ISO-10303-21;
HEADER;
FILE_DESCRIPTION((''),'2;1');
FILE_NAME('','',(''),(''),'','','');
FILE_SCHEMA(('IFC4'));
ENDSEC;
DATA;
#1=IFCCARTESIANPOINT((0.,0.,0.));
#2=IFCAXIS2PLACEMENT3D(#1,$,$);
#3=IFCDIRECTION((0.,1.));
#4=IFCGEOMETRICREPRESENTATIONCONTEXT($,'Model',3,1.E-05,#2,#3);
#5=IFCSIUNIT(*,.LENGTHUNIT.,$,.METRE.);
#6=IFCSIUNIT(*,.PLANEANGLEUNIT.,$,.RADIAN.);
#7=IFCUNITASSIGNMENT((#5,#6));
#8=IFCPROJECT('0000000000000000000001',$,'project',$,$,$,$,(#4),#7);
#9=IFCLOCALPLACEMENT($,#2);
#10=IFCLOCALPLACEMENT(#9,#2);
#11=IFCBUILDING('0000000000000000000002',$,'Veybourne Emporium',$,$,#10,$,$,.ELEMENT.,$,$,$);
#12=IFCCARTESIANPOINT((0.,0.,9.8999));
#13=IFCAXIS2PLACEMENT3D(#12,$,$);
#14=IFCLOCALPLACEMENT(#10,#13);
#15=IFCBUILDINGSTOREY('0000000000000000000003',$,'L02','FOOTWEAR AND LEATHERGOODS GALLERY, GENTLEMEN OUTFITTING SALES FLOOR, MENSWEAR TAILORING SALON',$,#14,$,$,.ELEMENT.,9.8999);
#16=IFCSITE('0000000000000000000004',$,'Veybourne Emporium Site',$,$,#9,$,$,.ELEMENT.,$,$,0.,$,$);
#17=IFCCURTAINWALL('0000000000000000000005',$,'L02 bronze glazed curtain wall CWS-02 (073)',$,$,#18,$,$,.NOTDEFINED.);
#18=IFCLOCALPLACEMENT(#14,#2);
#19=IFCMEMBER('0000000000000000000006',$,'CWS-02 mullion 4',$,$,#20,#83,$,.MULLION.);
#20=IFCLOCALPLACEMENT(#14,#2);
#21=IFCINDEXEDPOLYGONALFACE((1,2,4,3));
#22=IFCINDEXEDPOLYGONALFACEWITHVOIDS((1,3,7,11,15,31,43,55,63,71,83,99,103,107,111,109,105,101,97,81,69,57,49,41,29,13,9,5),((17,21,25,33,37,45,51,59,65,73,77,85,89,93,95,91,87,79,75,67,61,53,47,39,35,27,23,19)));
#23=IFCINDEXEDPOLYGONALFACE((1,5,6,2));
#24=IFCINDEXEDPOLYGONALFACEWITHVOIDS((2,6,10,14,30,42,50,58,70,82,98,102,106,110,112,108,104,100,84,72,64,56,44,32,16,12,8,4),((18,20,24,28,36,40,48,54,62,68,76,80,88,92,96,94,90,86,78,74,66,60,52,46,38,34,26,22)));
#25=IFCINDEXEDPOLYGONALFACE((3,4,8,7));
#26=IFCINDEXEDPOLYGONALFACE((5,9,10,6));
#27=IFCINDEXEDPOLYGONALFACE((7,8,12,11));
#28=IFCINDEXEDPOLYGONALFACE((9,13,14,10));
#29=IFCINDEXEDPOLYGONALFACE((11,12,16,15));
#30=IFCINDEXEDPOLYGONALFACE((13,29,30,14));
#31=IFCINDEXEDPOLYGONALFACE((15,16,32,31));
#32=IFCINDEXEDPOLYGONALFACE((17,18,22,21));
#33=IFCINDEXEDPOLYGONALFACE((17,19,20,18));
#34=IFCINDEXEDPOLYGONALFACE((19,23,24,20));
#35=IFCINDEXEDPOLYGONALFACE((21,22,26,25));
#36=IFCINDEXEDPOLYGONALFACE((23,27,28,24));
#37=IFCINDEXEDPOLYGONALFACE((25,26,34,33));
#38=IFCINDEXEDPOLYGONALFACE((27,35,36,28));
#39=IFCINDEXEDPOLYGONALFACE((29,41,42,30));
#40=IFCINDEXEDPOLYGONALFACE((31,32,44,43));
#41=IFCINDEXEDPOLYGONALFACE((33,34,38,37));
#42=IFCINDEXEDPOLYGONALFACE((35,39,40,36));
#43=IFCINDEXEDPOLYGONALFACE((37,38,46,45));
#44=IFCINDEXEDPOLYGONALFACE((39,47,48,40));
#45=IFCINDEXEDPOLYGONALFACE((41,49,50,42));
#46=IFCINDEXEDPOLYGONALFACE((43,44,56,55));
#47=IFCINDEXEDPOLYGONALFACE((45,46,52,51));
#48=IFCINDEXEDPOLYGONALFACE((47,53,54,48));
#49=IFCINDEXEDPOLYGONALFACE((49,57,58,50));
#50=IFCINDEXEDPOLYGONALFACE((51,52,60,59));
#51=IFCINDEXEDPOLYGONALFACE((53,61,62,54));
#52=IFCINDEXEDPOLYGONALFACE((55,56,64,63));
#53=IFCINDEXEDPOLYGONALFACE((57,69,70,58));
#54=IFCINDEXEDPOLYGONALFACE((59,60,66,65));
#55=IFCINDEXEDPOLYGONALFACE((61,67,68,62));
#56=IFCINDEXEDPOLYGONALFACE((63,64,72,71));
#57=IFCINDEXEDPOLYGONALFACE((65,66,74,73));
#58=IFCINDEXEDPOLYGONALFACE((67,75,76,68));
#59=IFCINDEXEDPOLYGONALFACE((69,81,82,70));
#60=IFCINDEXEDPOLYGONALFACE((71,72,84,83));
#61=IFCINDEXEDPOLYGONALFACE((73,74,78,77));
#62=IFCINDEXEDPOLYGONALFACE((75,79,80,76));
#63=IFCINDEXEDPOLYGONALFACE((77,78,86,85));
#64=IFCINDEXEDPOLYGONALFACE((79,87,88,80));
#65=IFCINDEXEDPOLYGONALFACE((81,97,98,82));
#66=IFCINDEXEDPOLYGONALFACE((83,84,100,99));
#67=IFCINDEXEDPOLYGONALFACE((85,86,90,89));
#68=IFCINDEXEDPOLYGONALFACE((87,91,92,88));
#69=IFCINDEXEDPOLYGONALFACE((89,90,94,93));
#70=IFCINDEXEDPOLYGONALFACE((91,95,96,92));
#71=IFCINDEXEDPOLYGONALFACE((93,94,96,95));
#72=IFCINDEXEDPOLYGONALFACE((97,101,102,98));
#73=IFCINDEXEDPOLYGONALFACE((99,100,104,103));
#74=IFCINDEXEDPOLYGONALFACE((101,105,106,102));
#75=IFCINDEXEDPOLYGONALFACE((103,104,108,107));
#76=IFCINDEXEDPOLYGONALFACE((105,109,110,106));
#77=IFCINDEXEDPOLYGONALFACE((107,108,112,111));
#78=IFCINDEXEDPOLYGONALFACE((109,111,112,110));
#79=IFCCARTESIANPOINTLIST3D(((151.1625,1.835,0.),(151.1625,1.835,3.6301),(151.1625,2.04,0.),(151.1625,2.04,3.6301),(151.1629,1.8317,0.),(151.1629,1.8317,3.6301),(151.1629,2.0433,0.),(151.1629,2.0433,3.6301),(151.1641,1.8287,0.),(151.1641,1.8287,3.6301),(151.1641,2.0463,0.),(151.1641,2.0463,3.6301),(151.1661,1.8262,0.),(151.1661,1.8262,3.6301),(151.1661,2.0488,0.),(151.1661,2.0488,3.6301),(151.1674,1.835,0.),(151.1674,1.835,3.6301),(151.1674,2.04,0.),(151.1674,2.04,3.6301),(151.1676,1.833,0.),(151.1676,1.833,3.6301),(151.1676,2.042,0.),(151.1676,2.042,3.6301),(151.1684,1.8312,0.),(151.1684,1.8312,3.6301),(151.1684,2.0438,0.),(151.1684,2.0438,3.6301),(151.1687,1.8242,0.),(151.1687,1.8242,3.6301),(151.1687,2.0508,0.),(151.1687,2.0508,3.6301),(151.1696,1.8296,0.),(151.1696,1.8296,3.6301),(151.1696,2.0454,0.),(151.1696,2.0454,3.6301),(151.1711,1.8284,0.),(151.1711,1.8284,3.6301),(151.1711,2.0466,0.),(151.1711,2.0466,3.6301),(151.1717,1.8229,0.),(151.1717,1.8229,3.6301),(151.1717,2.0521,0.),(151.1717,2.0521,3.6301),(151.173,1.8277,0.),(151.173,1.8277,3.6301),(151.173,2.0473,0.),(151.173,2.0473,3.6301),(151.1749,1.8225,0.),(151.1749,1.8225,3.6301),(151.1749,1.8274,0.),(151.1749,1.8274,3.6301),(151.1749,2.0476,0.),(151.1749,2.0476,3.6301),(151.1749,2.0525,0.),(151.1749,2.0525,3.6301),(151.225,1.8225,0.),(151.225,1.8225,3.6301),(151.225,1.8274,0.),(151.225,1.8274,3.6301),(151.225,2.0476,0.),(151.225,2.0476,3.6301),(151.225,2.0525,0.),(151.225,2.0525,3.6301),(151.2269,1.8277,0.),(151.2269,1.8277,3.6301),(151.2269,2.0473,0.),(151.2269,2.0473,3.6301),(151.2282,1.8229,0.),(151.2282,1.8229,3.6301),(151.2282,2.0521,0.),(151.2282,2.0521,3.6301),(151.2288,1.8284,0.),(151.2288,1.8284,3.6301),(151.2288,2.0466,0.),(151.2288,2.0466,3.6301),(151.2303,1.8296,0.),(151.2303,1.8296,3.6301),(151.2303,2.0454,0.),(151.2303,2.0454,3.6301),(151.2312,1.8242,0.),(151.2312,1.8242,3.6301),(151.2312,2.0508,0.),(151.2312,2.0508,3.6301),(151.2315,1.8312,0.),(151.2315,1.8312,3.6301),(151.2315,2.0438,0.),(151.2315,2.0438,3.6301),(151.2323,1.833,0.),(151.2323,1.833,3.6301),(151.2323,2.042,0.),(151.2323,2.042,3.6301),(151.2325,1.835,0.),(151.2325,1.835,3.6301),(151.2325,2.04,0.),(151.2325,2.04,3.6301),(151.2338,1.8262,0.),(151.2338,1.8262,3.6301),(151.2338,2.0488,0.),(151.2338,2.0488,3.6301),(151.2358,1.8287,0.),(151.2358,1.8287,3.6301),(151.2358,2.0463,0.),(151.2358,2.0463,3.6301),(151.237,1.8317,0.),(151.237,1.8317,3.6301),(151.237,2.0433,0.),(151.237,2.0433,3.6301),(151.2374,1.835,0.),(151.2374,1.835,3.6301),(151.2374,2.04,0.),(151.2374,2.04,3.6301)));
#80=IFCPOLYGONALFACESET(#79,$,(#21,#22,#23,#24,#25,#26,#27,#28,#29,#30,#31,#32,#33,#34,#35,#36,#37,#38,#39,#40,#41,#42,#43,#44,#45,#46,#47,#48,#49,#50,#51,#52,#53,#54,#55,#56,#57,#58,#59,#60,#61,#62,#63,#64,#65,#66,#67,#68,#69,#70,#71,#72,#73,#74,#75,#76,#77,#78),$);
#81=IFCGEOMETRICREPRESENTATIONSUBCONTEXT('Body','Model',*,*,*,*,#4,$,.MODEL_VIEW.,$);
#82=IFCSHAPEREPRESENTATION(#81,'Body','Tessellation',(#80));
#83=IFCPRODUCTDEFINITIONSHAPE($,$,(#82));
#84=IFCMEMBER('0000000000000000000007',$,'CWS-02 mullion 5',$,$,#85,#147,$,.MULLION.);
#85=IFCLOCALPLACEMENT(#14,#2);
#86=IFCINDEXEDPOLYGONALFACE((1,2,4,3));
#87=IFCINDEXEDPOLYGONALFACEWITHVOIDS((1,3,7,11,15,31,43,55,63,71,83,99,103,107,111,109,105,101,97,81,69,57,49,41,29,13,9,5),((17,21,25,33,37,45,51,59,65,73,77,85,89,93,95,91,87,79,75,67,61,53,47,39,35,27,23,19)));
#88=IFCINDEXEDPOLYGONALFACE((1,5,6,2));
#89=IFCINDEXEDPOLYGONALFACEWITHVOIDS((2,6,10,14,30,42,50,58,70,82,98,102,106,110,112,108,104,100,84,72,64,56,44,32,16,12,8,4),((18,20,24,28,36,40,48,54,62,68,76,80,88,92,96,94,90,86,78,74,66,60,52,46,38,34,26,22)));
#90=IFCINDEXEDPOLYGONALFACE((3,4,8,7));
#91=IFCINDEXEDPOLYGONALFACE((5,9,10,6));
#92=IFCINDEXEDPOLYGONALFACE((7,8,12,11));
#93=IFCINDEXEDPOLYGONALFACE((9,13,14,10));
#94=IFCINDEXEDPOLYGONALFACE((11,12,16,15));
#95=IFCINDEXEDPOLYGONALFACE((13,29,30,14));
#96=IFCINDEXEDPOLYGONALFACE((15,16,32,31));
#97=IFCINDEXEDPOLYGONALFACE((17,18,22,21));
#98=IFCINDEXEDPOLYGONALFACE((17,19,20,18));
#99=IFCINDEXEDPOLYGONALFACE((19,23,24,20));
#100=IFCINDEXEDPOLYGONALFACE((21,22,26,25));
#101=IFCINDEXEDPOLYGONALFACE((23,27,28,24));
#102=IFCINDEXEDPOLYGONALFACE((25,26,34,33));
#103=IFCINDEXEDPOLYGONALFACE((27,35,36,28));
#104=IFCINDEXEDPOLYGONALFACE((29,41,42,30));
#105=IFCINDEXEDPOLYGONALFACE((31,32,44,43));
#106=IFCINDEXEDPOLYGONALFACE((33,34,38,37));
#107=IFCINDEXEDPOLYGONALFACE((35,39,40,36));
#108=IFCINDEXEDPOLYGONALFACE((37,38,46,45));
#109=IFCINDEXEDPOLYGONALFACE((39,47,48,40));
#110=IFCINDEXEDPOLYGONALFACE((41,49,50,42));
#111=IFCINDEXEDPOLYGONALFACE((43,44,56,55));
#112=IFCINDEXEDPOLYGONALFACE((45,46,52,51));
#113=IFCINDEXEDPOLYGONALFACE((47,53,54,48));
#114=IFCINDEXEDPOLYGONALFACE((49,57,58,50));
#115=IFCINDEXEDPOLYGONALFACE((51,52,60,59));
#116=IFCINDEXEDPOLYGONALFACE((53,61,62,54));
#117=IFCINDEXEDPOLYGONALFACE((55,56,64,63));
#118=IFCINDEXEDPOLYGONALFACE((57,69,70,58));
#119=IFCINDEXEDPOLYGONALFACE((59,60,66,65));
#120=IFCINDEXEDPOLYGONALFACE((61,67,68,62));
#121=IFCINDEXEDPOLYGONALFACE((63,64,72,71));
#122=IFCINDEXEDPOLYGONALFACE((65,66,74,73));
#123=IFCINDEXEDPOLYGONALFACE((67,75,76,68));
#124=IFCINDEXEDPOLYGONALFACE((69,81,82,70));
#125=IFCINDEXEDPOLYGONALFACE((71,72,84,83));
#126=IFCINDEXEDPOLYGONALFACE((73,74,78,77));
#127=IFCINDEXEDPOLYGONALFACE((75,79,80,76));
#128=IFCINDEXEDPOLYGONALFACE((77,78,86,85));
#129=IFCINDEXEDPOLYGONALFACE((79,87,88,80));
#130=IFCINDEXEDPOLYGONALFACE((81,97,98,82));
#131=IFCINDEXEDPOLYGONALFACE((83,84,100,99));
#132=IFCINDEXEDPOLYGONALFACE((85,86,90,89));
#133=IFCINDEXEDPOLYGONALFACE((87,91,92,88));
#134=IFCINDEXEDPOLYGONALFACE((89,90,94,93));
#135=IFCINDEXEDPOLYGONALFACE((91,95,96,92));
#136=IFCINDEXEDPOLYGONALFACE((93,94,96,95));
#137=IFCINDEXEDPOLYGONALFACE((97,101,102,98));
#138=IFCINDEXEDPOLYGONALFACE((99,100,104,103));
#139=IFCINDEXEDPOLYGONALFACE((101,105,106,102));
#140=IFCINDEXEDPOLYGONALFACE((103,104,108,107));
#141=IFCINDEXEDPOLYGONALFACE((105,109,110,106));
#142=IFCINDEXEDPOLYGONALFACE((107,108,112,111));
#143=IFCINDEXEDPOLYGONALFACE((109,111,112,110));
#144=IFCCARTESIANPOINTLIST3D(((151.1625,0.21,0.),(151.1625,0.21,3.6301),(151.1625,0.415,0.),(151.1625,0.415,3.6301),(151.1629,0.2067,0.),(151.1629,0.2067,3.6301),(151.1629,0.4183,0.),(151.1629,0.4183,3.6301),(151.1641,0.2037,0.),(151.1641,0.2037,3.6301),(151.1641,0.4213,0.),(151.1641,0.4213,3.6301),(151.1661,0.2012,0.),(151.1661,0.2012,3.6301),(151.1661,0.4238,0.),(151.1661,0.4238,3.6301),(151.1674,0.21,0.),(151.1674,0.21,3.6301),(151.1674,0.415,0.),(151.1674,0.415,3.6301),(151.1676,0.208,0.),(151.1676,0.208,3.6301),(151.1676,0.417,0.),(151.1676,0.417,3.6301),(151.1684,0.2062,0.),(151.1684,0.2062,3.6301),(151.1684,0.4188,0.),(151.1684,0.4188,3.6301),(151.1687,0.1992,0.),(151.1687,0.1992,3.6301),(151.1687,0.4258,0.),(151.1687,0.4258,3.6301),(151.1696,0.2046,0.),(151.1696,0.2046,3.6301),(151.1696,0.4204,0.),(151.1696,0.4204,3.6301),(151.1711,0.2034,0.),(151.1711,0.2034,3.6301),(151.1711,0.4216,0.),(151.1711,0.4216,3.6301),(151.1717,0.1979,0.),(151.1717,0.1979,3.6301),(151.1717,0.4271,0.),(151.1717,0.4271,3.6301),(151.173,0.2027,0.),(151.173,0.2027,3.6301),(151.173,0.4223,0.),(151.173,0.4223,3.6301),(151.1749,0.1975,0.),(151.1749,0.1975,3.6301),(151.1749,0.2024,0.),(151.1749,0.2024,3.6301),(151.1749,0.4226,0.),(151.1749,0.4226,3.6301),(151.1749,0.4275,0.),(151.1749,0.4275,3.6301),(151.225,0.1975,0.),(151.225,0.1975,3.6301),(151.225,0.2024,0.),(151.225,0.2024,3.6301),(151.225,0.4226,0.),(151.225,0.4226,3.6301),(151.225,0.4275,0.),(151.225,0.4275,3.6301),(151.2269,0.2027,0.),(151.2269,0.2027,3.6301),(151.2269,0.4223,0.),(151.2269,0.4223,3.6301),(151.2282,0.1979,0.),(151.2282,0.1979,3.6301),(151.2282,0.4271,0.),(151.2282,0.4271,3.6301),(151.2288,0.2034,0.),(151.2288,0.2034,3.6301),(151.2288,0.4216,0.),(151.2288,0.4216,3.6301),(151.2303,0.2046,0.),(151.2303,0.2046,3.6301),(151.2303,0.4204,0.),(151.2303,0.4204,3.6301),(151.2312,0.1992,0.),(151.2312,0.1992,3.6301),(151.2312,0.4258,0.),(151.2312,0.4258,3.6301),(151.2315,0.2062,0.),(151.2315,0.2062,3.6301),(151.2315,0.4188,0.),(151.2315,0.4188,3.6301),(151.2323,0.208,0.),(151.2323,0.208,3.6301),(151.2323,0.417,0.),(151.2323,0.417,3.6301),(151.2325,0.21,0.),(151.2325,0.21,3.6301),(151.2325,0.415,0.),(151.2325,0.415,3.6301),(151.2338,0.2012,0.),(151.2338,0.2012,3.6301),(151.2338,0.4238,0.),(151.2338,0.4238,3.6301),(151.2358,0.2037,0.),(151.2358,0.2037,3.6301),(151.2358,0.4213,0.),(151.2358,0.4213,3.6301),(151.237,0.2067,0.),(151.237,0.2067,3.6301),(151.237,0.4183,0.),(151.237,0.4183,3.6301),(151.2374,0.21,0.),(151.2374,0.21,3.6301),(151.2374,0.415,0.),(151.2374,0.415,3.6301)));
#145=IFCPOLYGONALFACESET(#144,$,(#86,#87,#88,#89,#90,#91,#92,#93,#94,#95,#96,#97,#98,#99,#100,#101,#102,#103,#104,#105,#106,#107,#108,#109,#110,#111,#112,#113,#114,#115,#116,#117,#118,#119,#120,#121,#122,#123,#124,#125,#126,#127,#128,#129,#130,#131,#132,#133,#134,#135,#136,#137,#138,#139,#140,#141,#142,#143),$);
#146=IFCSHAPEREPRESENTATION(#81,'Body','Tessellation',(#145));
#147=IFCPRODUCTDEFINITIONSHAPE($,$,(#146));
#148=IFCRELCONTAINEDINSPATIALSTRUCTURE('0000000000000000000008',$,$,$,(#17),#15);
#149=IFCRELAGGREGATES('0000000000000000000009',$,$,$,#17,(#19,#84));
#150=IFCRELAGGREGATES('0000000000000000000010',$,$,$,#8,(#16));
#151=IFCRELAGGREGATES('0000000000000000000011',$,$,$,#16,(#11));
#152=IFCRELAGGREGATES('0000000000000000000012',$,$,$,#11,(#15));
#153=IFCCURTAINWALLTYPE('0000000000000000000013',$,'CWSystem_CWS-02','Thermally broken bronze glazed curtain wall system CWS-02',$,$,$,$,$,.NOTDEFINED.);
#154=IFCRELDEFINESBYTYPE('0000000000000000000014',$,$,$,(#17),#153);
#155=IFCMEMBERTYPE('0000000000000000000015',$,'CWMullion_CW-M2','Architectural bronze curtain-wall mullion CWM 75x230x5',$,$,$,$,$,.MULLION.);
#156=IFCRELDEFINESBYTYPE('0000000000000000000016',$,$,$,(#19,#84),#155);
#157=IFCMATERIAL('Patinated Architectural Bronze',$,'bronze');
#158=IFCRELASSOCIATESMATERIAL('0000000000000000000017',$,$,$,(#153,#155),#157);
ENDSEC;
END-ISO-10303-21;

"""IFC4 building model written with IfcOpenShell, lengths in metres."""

from ifc_helpers import new_model, si_unit, direction, frame, origin, origin_2d, place, context, subcontext, project, spatial, hollow_rectangle, extrude, material, material_profile, profile_set, type_object, element, aggregate, save


model = new_model("IFC4")

# Units and contexts
model_context = context("Model", 3, precision=1e-05, world=origin(), true_north=direction((0.0, 1.0)))
body_context = subcontext(model_context, "Body", "Model", "MODEL_VIEW")
ifc_project = project(units=[si_unit("LENGTHUNIT", "METRE"), si_unit("PLANEANGLEUNIT", "RADIAN")], contexts=[model_context])

# Site, building, storey
site_placement = place(None, origin())
site = spatial("IfcSite", under=ifc_project, at=site_placement, Name="Veybourne Emporium Site", CompositionType="ELEMENT", RefElevation=0.0)
building_placement = place(site_placement, origin())
building = spatial("IfcBuilding", under=site, at=building_placement, Name="Veybourne Emporium", CompositionType="ELEMENT")
storey_placement = place(building_placement, frame((0.0, 0.0, 9.8999)))
storey = spatial("IfcBuildingStorey", under=building, at=storey_placement, Name="L02", Description="FOOTWEAR AND LEATHERGOODS GALLERY, GENTLEMEN OUTFITTING SALES FLOOR, MENSWEAR TAILORING SALON", CompositionType="ELEMENT", Elevation=9.8999)

# Curtain wall, members
ifc_material_1 = material(Name="Patinated Architectural Bronze", Category="bronze")
curtain_wall_type_1 = type_object("IfcCurtainWallType", Name="CWSystem_CWS-02", Description="Thermally broken bronze glazed curtain wall system CWS-02", PredefinedType="NOTDEFINED", material=ifc_material_1)
curtain_wall_1_placement = place(storey_placement, origin())
curtain_wall_1 = element("IfcCurtainWall", 1, at=curtain_wall_1_placement, inside=storey, type_object=curtain_wall_type_1, Name="L02 bronze glazed curtain wall CWS-02 (073)", PredefinedType="NOTDEFINED")
ifc_material_profile_1 = material_profile(ifc_material_1, hollow_rectangle(XDim=0.075, YDim=0.23, WallThickness=0.0049, InnerFilletRadius=0.0076, OuterFilletRadius=0.0125, at=origin_2d()), Name="CWM 75x230x5")
ifc_profile_set_1 = profile_set([ifc_material_profile_1], Name="Patinated Architectural Bronze")
member_type_1 = type_object("IfcMemberType", Name="CWMullion_CW-M2", Description="Architectural bronze curtain-wall mullion CWM 75x230x5", PredefinedType="MULLION", material=ifc_profile_set_1)
member_1_placement = place(storey_placement, frame((151.2, 1.9375, 0.0), z_axis=(0.0, 0.0, 1.0), x_axis=(1.0, 0.0, 0.0)))
member_1 = element("IfcMember", 2, at=member_1_placement, type_object=member_type_1, Name="CWS-02 mullion 4", PredefinedType="MULLION", context=body_context, shape_type="SweptSolid", body=[
    extrude(hollow_rectangle(XDim=0.075, YDim=0.23, WallThickness=0.0049, InnerFilletRadius=0.0076, OuterFilletRadius=0.0125, at=origin_2d()), origin(), (0.0, 0.0, 1.0), 3.6301),
])
member_2_placement = place(storey_placement, frame((151.2, 0.3125, 0.0), z_axis=(0.0, 0.0, 1.0), x_axis=(1.0, 0.0, 0.0)))
member_2 = element("IfcMember", 3, at=member_2_placement, type_object=member_type_1, Name="CWS-02 mullion 5", PredefinedType="MULLION", context=body_context, shape_type="SweptSolid", body=[
    extrude(hollow_rectangle(XDim=0.075, YDim=0.23, WallThickness=0.0049, InnerFilletRadius=0.0076, OuterFilletRadius=0.0125, at=origin_2d()), origin(), (0.0, 0.0, 1.0), 3.6301),
])

aggregate(curtain_wall_1, [member_1, member_2])

save(model, "model.ifc")
